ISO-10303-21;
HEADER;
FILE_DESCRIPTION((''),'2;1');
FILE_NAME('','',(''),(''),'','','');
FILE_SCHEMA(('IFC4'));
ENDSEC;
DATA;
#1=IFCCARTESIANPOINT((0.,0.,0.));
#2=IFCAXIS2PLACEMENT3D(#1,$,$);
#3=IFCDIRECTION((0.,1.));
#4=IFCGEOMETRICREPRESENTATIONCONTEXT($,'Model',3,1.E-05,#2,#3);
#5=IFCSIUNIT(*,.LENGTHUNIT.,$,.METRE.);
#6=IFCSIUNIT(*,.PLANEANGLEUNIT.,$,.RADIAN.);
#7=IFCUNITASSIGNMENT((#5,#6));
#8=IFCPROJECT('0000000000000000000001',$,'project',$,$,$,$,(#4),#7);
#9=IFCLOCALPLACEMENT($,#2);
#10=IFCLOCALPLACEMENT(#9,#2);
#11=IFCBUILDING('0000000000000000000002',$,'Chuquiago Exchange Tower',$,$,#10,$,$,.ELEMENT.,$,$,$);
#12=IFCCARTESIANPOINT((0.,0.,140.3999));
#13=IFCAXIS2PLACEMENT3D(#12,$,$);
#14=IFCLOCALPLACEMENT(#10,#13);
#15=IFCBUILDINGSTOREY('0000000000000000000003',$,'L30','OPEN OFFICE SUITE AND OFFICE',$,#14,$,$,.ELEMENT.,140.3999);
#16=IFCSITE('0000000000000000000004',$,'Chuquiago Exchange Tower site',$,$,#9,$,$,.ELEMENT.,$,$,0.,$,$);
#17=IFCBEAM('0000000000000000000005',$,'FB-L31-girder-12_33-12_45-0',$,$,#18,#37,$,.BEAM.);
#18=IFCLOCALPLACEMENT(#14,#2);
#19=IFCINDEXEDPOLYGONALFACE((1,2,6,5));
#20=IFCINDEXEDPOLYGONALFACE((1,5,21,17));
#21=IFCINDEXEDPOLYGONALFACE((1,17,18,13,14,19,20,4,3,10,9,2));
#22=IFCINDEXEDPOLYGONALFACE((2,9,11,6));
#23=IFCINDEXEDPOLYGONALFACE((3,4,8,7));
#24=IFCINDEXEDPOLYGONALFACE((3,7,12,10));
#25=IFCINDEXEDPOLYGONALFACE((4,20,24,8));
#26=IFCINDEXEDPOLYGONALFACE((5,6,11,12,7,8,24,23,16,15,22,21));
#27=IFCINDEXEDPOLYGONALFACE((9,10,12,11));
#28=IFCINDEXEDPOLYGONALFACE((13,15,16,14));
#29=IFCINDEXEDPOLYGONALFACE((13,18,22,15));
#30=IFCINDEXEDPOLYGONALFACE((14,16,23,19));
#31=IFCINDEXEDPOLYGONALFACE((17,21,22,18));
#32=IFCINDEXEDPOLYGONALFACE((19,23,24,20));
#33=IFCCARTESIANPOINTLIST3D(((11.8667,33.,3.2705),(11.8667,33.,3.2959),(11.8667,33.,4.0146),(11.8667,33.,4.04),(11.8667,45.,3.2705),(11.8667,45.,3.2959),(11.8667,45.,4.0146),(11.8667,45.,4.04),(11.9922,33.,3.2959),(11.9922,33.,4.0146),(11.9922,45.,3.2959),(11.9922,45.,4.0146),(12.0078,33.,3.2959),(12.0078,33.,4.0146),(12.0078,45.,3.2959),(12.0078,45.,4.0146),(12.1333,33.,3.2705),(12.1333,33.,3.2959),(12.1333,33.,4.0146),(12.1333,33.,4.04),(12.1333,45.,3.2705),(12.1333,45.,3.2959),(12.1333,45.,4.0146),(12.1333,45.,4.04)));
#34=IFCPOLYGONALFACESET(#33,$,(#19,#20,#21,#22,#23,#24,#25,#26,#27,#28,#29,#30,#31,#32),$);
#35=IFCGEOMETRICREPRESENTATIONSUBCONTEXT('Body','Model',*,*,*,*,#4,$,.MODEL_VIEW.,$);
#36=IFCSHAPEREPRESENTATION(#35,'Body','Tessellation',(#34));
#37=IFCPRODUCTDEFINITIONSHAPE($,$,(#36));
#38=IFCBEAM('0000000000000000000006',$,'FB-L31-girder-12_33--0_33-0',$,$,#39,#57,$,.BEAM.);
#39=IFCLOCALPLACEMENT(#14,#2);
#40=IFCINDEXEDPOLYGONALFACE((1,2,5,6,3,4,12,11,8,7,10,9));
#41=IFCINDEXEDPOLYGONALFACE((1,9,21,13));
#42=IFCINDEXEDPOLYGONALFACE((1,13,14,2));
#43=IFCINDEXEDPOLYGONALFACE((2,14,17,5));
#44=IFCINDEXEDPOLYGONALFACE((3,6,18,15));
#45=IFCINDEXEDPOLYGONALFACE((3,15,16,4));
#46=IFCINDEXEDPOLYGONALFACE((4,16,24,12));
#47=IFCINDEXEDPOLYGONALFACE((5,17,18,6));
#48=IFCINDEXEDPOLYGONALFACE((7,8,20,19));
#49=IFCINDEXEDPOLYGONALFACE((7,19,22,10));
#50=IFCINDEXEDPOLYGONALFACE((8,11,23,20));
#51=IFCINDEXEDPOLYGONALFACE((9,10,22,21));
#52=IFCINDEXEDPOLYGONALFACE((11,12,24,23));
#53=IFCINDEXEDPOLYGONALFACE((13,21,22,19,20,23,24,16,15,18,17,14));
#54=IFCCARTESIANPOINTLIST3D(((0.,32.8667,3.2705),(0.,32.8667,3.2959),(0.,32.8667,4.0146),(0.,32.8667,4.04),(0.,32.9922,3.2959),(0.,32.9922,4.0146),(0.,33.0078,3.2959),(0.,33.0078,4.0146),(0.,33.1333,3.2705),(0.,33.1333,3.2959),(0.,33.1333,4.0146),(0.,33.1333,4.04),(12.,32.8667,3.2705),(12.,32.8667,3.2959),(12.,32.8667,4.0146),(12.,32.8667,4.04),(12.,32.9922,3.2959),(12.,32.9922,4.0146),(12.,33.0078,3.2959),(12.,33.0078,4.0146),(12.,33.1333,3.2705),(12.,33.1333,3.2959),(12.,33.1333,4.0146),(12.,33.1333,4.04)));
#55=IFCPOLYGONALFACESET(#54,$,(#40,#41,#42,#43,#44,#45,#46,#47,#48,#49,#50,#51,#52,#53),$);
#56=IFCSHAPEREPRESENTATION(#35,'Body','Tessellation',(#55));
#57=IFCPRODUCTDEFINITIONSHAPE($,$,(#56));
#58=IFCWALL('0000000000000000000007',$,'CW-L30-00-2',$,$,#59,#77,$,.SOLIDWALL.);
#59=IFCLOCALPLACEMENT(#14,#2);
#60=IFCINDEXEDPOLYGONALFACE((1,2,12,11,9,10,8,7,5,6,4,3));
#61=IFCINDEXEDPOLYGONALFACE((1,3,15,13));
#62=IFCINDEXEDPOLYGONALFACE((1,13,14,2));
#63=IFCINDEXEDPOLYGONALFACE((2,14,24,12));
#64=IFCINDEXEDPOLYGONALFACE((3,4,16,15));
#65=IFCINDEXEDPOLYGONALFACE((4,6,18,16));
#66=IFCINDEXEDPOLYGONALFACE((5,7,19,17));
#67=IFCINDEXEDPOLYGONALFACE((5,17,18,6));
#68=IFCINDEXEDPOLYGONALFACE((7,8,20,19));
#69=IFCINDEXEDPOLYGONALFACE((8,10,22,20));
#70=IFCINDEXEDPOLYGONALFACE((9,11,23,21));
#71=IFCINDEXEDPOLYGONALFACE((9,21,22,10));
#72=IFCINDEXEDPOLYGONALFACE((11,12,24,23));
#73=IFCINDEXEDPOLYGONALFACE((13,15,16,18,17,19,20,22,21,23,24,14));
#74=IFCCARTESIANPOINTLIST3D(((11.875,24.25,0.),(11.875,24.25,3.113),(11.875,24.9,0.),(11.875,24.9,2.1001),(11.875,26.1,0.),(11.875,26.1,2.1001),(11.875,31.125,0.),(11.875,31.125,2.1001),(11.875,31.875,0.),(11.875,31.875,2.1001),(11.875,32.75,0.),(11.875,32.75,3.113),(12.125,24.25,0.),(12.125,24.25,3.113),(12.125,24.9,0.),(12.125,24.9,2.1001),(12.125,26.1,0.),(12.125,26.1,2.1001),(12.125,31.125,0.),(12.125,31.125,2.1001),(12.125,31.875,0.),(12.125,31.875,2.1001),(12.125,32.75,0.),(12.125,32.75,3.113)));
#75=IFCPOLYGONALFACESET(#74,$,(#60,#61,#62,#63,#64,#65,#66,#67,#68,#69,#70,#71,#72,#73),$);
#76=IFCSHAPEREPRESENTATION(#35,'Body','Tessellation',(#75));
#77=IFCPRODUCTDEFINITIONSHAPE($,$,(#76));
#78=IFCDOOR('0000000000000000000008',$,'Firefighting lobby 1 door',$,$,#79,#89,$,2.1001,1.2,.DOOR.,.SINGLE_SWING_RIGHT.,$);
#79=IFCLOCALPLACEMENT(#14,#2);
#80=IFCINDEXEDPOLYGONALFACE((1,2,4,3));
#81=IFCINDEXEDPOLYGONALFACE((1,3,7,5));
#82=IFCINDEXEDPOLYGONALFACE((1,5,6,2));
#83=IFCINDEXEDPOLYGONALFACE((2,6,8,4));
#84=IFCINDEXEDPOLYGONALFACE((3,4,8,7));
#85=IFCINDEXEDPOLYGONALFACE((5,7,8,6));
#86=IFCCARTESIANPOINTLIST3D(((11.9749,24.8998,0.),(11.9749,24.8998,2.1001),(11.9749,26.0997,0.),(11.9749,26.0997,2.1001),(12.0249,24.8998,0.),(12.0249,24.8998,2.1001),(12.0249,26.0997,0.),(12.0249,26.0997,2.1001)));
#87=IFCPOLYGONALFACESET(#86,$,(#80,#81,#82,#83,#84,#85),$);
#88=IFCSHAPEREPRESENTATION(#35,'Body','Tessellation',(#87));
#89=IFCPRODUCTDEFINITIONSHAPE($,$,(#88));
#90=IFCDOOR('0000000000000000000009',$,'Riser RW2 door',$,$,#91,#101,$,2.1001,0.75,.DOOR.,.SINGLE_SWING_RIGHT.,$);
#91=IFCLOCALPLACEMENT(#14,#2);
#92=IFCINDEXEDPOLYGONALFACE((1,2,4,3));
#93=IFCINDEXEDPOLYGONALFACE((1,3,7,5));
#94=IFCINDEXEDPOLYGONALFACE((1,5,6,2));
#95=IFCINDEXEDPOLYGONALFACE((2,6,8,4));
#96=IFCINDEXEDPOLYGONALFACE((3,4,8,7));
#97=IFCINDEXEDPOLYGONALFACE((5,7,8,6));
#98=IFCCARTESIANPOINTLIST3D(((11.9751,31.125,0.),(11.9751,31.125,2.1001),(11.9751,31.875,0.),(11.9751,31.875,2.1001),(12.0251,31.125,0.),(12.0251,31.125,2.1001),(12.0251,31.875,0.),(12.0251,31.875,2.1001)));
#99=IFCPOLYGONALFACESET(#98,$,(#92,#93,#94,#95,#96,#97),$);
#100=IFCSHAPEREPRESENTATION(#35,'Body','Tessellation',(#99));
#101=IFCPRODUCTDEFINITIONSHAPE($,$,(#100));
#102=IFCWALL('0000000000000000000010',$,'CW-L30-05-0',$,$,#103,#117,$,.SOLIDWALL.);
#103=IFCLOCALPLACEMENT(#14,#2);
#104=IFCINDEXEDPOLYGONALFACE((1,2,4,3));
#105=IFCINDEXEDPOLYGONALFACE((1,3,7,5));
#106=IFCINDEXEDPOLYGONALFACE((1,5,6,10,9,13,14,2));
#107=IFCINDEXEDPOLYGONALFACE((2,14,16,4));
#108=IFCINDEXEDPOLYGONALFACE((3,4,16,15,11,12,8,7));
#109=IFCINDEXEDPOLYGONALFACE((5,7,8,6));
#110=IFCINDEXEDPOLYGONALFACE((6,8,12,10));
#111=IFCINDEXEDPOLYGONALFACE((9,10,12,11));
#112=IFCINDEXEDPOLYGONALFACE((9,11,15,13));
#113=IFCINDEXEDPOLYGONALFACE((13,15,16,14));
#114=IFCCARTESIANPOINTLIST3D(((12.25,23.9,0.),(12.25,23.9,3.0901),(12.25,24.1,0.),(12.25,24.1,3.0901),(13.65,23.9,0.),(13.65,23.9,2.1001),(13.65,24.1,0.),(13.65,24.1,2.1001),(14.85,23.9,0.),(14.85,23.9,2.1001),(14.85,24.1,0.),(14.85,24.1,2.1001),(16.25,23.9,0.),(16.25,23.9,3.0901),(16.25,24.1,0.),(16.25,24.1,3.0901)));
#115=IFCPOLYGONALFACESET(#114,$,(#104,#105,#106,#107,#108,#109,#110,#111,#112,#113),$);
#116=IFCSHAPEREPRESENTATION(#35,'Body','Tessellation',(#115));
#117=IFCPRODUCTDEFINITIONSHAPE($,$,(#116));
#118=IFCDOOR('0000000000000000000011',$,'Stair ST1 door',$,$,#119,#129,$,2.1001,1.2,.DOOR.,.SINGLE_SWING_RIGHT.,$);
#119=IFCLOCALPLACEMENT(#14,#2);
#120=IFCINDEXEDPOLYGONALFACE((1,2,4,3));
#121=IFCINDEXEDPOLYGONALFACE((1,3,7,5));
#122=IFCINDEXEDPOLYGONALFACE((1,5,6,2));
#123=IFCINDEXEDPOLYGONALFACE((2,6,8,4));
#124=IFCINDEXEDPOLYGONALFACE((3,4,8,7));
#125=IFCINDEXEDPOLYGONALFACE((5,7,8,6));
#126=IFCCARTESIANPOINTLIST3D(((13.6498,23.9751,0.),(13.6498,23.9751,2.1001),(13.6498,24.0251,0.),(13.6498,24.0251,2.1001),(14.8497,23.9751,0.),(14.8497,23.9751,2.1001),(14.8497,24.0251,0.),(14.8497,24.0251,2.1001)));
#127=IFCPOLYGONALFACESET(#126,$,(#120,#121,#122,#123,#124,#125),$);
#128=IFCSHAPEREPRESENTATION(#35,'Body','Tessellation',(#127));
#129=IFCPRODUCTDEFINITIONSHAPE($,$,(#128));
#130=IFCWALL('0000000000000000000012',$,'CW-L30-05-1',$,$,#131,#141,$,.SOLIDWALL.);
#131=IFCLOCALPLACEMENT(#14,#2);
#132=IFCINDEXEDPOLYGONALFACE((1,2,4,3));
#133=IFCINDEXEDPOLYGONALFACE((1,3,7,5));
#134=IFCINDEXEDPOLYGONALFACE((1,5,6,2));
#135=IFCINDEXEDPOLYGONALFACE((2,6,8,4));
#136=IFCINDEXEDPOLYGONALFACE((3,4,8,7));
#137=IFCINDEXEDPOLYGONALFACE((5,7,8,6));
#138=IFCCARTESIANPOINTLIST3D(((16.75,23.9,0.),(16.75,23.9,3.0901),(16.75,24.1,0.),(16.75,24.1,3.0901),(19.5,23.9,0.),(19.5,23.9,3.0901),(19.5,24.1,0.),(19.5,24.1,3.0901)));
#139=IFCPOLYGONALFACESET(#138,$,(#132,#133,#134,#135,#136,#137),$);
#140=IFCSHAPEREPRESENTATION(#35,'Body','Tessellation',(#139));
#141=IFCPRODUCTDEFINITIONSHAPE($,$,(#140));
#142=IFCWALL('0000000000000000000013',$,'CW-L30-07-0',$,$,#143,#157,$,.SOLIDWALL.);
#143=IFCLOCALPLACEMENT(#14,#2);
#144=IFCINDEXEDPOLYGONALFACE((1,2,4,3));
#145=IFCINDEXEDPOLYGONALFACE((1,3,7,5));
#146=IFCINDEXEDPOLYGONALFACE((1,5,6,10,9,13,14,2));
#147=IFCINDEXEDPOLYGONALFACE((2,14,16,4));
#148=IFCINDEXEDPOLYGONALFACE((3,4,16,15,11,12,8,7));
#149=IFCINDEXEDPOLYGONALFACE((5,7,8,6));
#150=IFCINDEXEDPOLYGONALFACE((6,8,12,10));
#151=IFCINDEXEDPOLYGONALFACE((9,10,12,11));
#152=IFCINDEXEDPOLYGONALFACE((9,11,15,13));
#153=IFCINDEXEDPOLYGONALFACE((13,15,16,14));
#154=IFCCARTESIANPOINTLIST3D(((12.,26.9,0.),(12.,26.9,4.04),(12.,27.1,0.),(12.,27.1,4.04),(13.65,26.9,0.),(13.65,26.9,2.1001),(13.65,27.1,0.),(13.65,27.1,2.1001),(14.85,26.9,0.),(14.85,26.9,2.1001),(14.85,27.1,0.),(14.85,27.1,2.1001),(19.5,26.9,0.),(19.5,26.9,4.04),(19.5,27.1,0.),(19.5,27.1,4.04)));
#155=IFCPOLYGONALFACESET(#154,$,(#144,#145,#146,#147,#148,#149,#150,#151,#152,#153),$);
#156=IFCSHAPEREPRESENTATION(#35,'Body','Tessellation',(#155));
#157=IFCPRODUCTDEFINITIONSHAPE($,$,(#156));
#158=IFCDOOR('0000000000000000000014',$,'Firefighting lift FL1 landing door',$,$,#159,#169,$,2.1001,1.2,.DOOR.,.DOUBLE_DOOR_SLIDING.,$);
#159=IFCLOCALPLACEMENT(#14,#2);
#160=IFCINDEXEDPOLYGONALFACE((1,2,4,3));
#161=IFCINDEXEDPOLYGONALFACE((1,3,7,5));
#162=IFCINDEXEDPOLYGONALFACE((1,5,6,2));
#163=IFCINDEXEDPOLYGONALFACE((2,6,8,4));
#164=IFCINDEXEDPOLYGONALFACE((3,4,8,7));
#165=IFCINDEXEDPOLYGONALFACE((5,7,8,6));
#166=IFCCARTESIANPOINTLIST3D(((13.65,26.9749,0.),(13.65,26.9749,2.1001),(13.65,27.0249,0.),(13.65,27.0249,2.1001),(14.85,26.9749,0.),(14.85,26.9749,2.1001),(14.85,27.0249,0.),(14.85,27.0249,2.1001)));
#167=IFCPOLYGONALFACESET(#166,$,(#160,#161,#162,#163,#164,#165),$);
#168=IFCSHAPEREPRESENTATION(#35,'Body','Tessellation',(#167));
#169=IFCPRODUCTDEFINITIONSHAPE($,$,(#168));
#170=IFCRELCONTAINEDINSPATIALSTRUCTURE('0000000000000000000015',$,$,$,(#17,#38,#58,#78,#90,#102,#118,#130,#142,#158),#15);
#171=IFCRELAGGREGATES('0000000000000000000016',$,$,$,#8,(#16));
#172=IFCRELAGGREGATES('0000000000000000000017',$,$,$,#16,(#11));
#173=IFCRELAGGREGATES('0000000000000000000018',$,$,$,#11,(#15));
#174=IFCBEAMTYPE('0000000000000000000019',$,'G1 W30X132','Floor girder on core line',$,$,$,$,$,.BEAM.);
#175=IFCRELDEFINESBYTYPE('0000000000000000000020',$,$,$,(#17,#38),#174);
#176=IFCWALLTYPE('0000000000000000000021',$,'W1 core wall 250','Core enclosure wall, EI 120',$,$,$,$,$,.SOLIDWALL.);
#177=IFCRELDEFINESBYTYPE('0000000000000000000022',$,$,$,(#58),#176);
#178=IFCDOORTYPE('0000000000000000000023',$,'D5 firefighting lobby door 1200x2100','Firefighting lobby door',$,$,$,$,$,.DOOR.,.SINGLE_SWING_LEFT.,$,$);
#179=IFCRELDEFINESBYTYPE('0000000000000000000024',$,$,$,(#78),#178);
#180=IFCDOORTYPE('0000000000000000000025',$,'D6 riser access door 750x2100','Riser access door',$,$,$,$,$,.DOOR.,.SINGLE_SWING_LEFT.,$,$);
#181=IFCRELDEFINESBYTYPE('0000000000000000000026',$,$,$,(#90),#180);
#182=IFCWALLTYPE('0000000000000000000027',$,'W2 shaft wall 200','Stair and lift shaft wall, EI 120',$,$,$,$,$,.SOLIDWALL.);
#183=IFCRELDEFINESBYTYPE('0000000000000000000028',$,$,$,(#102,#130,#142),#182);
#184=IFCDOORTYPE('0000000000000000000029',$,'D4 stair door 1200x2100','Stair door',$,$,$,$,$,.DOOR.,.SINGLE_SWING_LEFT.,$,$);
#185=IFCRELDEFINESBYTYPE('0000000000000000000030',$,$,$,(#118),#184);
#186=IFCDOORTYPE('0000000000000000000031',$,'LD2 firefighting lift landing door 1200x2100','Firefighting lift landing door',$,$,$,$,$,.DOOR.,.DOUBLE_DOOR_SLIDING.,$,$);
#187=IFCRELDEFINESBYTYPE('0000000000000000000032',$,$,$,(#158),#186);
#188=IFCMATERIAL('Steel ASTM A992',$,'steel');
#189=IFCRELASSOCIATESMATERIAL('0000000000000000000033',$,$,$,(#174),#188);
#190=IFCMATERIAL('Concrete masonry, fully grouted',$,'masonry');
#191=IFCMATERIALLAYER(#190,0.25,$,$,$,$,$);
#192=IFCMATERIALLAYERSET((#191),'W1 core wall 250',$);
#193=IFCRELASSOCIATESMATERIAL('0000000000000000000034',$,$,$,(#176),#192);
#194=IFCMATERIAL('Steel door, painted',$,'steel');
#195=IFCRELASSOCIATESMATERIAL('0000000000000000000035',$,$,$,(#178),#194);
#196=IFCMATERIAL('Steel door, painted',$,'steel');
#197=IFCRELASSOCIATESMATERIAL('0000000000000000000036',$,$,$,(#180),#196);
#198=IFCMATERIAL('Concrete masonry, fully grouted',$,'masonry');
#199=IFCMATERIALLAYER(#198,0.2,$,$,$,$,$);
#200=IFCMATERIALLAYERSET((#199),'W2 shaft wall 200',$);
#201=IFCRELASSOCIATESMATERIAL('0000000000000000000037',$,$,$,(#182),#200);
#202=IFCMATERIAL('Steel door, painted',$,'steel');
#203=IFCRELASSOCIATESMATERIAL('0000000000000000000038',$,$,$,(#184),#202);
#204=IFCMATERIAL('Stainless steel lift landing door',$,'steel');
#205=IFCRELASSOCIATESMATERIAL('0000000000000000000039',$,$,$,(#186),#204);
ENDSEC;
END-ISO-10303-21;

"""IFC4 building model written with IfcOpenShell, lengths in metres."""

from ifc_helpers import new_model, si_unit, direction, frame, frame_2d, origin, origin_2d, place, context, subcontext, project, spatial, rectangle, i_section, extrude, material, layer, layer_set, material_profile, profile_set, type_object, element, fill, save


model = new_model("IFC4")

# Units and contexts
model_context = context("Model", 3, precision=1e-05, world=origin(), true_north=direction((0.0, 1.0)))
body_context = subcontext(model_context, "Body", "Model", "MODEL_VIEW")
ifc_project = project(units=[si_unit("LENGTHUNIT", "METRE"), si_unit("PLANEANGLEUNIT", "RADIAN")], contexts=[model_context])

# Site, building, storey
site_placement = place(None, origin())
site = spatial("IfcSite", under=ifc_project, at=site_placement, Name="Chuquiago Exchange Tower site", CompositionType="ELEMENT", RefElevation=0.0)
building_placement = place(site_placement, origin())
building = spatial("IfcBuilding", under=site, at=building_placement, Name="Chuquiago Exchange Tower", CompositionType="ELEMENT")
storey_placement = place(building_placement, frame((0.0, 0.0, 140.3999)))
storey = spatial("IfcBuildingStorey", under=building, at=storey_placement, Name="L30", Description="OPEN OFFICE SUITE AND OFFICE", CompositionType="ELEMENT", Elevation=140.3999)

# Beams
ifc_material_1 = material(Name="Steel ASTM A992", Category="steel")
ifc_material_profile_1 = material_profile(ifc_material_1, i_section(OverallWidth=0.2666, OverallDepth=0.7695, WebThickness=0.0156, FlangeThickness=0.0254, at=origin_2d()), Name="W30X132")
ifc_profile_set_1 = profile_set([ifc_material_profile_1], Name="Steel ASTM A992")
beam_type_1 = type_object("IfcBeamType", Name="G1 W30X132", Description="Floor girder on core line", PredefinedType="BEAM", material=ifc_profile_set_1)
for number, where, z_axis, x_axis, name in (
    (1, (12.0, 33.0, 3.6553), (0.0, 1.0, 0.0), (-1.0, 0.0, 0.0), "FB-L31-girder-12_33-12_45-0"),
    (2, (12.0, 33.0, 3.6553), (-1.0, 0.0, 0.0), (0.0, -1.0, 0.0), "FB-L31-girder-12_33--0_33-0"),
):
    element("IfcBeam", number, at=place(storey_placement, frame(where, z_axis=z_axis, x_axis=x_axis)), inside=storey, type_object=beam_type_1, Name=name, PredefinedType="BEAM", context=body_context, shape_type="SweptSolid", body=[
        extrude(i_section(OverallWidth=0.2666, OverallDepth=0.7695, WebThickness=0.0156, FlangeThickness=0.0254, at=origin_2d()), origin(), (0.0, 0.0, 1.0), 12.0),
    ])

# Wall, openings, doors
ifc_material_2 = material(Name="Concrete masonry, fully grouted", Category="masonry")
ifc_layer_1 = layer(ifc_material_2, 0.25)
ifc_layer_set_1 = layer_set([ifc_layer_1], Name="W1 core wall 250")
wall_type_1 = type_object("IfcWallType", Name="W1 core wall 250", Description="Core enclosure wall, EI 120", PredefinedType="SOLIDWALL", material=ifc_layer_set_1)
wall_1_placement = place(storey_placement, frame((12.0, 24.25, 0.0), z_axis=(0.0, 0.0, 1.0), x_axis=(0.0, 1.0, 0.0)))
wall_1 = element("IfcWall", 3, at=wall_1_placement, inside=storey, type_object=wall_type_1, Name="CW-L30-00-2", PredefinedType="SOLIDWALL", context=body_context, shape_type="SweptSolid", body=[
    extrude(rectangle(XDim=8.5, YDim=0.25, at=frame_2d((4.25, 0.0))), origin(), (0.0, 0.0, 1.0), 3.113),
])
opening_1_placement = place(wall_1_placement, frame((0.6499, 0.0, 0.0)))
opening_1 = element("IfcOpeningElement", 4, at=opening_1_placement, cuts=wall_1, PredefinedType="OPENING", context=body_context, shape_type="SweptSolid", body=[
    extrude(rectangle(XDim=1.2, YDim=2.1001, at=frame_2d((0.6001, 1.05))), frame((0.0, 0.135, 0.0), z_axis=(0.0, -1.0, 0.0), x_axis=(1.0, 0.0, 0.0)), (0.0, 0.0, 1.0), 0.27),
])
opening_2_placement = place(wall_1_placement, frame((6.875, 0.0, 0.0)))
opening_2 = element("IfcOpeningElement", 5, at=opening_2_placement, cuts=wall_1, PredefinedType="OPENING", context=body_context, shape_type="SweptSolid", body=[
    extrude(rectangle(XDim=0.75, YDim=2.1001, at=frame_2d((0.375, 1.05))), frame((0.0, 0.135, 0.0), z_axis=(0.0, -1.0, 0.0), x_axis=(1.0, 0.0, 0.0)), (0.0, 0.0, 1.0), 0.27),
])
ifc_material_3 = material(Name="Steel door, painted", Category="steel")
door_type_1 = type_object("IfcDoorType", Name="D5 firefighting lobby door 1200x2100", Description="Firefighting lobby door", OperationType="SINGLE_SWING_LEFT", PredefinedType="DOOR", material=ifc_material_3)
door_1_placement = place(opening_1_placement, frame((1.2, 0.0, 0.0), z_axis=(0.0, 0.0, 1.0), x_axis=(-1.0, 0.0, 0.0)))
door_1 = element("IfcDoor", 6, at=door_1_placement, inside=storey, type_object=door_type_1, Name="Firefighting lobby 1 door", OperationType="SINGLE_SWING_RIGHT", OverallHeight=2.1001, OverallWidth=1.2, PredefinedType="DOOR", context=body_context, shape_type="SweptSolid", body=[
    extrude(rectangle(XDim=1.2, YDim=2.1001, at=frame_2d((0.6001, 1.05))), frame((0.0, 0.0249, 0.0), z_axis=(0.0, -1.0, 0.0), x_axis=(1.0, 0.0, 0.0)), (0.0, 0.0, 1.0), 0.05),
])
fill(opening_1, door_1)
ifc_material_4 = material(Name="Steel door, painted", Category="steel")
door_type_2 = type_object("IfcDoorType", Name="D6 riser access door 750x2100", Description="Riser access door", OperationType="SINGLE_SWING_LEFT", PredefinedType="DOOR", material=ifc_material_4)
door_2_placement = place(opening_2_placement, origin())
door_2 = element("IfcDoor", 7, at=door_2_placement, inside=storey, type_object=door_type_2, Name="Riser RW2 door", OperationType="SINGLE_SWING_RIGHT", OverallHeight=2.1001, OverallWidth=0.75, PredefinedType="DOOR", context=body_context, shape_type="SweptSolid", body=[
    extrude(rectangle(XDim=0.75, YDim=2.1001, at=frame_2d((0.375, 1.05))), frame((0.0, 0.0249, 0.0), z_axis=(0.0, -1.0, 0.0), x_axis=(1.0, 0.0, 0.0)), (0.0, 0.0, 1.0), 0.05),
])
fill(opening_2, door_2)

# Wall, opening, door
ifc_material_5 = material(Name="Concrete masonry, fully grouted", Category="masonry")
ifc_layer_2 = layer(ifc_material_5, 0.2)
ifc_layer_set_2 = layer_set([ifc_layer_2], Name="W2 shaft wall 200")
wall_type_2 = type_object("IfcWallType", Name="W2 shaft wall 200", Description="Stair and lift shaft wall, EI 120", PredefinedType="SOLIDWALL", material=ifc_layer_set_2)
wall_2_placement = place(storey_placement, frame((12.25, 24.0, 0.0), z_axis=(0.0, 0.0, 1.0), x_axis=(1.0, 0.0, 0.0)))
wall_2 = element("IfcWall", 8, at=wall_2_placement, inside=storey, type_object=wall_type_2, Name="CW-L30-05-0", PredefinedType="SOLIDWALL", context=body_context, shape_type="SweptSolid", body=[
    extrude(rectangle(XDim=4.0, YDim=0.2, at=frame_2d((2.0, 0.0))), origin(), (0.0, 0.0, 1.0), 3.0901),
])
opening_3_placement = place(wall_2_placement, frame((1.3999, 0.0, 0.0)))
opening_3 = element("IfcOpeningElement", 9, at=opening_3_placement, cuts=wall_2, PredefinedType="OPENING", context=body_context, shape_type="SweptSolid", body=[
    extrude(rectangle(XDim=1.2, YDim=2.1001, at=frame_2d((0.6001, 1.05))), frame((0.0, 0.1099, 0.0), z_axis=(0.0, -1.0, 0.0), x_axis=(1.0, 0.0, 0.0)), (0.0, 0.0, 1.0), 0.22),
])
ifc_material_6 = material(Name="Steel door, painted", Category="steel")
door_type_3 = type_object("IfcDoorType", Name="D4 stair door 1200x2100", Description="Stair door", OperationType="SINGLE_SWING_LEFT", PredefinedType="DOOR", material=ifc_material_6)
door_3_placement = place(opening_3_placement, frame((1.2, 0.0, 0.0), z_axis=(0.0, 0.0, 1.0), x_axis=(-1.0, 0.0, 0.0)))
door_3 = element("IfcDoor", 10, at=door_3_placement, inside=storey, type_object=door_type_3, Name="Stair ST1 door", OperationType="SINGLE_SWING_RIGHT", OverallHeight=2.1001, OverallWidth=1.2, PredefinedType="DOOR", context=body_context, shape_type="SweptSolid", body=[
    extrude(rectangle(XDim=1.2, YDim=2.1001, at=frame_2d((0.6001, 1.05))), frame((0.0, 0.0249, 0.0), z_axis=(0.0, -1.0, 0.0), x_axis=(1.0, 0.0, 0.0)), (0.0, 0.0, 1.0), 0.05),
])
fill(opening_3, door_3)

# Wall
wall_3_placement = place(storey_placement, frame((16.75, 24.0, 0.0), z_axis=(0.0, 0.0, 1.0), x_axis=(1.0, 0.0, 0.0)))
element("IfcWall", 11, at=wall_3_placement, inside=storey, type_object=wall_type_2, Name="CW-L30-05-1", PredefinedType="SOLIDWALL", context=body_context, shape_type="SweptSolid", body=[
    extrude(rectangle(XDim=2.75, YDim=0.2, at=frame_2d((1.375, 0.0))), origin(), (0.0, 0.0, 1.0), 3.0901),
])

# Wall, opening, door
wall_4_placement = place(storey_placement, frame((12.0, 27.0, 0.0), z_axis=(0.0, 0.0, 1.0), x_axis=(1.0, 0.0, 0.0)))
wall_4 = element("IfcWall", 12, at=wall_4_placement, inside=storey, type_object=wall_type_2, Name="CW-L30-07-0", PredefinedType="SOLIDWALL", context=body_context, shape_type="SweptSolid", body=[
    extrude(rectangle(XDim=7.5, YDim=0.2, at=frame_2d((3.75, 0.0))), origin(), (0.0, 0.0, 1.0), 4.04),
])
opening_4_placement = place(wall_4_placement, frame((1.6499, 0.0, 0.0)))
opening_4 = element("IfcOpeningElement", 13, at=opening_4_placement, cuts=wall_4, PredefinedType="OPENING", context=body_context, shape_type="SweptSolid", body=[
    extrude(rectangle(XDim=1.2, YDim=2.1001, at=frame_2d((0.6001, 1.05))), frame((0.0, 0.1099, 0.0), z_axis=(0.0, -1.0, 0.0), x_axis=(1.0, 0.0, 0.0)), (0.0, 0.0, 1.0), 0.22),
])
ifc_material_7 = material(Name="Stainless steel lift landing door", Category="steel")
door_type_4 = type_object("IfcDoorType", Name="LD2 firefighting lift landing door 1200x2100", Description="Firefighting lift landing door", OperationType="DOUBLE_DOOR_SLIDING", PredefinedType="DOOR", material=ifc_material_7)
door_4_placement = place(opening_4_placement, origin())
door_4 = element("IfcDoor", 14, at=door_4_placement, inside=storey, type_object=door_type_4, Name="Firefighting lift FL1 landing door", OperationType="DOUBLE_DOOR_SLIDING", OverallHeight=2.1001, OverallWidth=1.2, PredefinedType="DOOR", context=body_context, shape_type="SweptSolid", body=[
    extrude(rectangle(XDim=1.2, YDim=2.1001, at=frame_2d((0.6001, 1.05))), frame((0.0, 0.0249, 0.0), z_axis=(0.0, -1.0, 0.0), x_axis=(1.0, 0.0, 0.0)), (0.0, 0.0, 1.0), 0.05),
])
fill(opening_4, door_4)

save(model, "model.ifc")
